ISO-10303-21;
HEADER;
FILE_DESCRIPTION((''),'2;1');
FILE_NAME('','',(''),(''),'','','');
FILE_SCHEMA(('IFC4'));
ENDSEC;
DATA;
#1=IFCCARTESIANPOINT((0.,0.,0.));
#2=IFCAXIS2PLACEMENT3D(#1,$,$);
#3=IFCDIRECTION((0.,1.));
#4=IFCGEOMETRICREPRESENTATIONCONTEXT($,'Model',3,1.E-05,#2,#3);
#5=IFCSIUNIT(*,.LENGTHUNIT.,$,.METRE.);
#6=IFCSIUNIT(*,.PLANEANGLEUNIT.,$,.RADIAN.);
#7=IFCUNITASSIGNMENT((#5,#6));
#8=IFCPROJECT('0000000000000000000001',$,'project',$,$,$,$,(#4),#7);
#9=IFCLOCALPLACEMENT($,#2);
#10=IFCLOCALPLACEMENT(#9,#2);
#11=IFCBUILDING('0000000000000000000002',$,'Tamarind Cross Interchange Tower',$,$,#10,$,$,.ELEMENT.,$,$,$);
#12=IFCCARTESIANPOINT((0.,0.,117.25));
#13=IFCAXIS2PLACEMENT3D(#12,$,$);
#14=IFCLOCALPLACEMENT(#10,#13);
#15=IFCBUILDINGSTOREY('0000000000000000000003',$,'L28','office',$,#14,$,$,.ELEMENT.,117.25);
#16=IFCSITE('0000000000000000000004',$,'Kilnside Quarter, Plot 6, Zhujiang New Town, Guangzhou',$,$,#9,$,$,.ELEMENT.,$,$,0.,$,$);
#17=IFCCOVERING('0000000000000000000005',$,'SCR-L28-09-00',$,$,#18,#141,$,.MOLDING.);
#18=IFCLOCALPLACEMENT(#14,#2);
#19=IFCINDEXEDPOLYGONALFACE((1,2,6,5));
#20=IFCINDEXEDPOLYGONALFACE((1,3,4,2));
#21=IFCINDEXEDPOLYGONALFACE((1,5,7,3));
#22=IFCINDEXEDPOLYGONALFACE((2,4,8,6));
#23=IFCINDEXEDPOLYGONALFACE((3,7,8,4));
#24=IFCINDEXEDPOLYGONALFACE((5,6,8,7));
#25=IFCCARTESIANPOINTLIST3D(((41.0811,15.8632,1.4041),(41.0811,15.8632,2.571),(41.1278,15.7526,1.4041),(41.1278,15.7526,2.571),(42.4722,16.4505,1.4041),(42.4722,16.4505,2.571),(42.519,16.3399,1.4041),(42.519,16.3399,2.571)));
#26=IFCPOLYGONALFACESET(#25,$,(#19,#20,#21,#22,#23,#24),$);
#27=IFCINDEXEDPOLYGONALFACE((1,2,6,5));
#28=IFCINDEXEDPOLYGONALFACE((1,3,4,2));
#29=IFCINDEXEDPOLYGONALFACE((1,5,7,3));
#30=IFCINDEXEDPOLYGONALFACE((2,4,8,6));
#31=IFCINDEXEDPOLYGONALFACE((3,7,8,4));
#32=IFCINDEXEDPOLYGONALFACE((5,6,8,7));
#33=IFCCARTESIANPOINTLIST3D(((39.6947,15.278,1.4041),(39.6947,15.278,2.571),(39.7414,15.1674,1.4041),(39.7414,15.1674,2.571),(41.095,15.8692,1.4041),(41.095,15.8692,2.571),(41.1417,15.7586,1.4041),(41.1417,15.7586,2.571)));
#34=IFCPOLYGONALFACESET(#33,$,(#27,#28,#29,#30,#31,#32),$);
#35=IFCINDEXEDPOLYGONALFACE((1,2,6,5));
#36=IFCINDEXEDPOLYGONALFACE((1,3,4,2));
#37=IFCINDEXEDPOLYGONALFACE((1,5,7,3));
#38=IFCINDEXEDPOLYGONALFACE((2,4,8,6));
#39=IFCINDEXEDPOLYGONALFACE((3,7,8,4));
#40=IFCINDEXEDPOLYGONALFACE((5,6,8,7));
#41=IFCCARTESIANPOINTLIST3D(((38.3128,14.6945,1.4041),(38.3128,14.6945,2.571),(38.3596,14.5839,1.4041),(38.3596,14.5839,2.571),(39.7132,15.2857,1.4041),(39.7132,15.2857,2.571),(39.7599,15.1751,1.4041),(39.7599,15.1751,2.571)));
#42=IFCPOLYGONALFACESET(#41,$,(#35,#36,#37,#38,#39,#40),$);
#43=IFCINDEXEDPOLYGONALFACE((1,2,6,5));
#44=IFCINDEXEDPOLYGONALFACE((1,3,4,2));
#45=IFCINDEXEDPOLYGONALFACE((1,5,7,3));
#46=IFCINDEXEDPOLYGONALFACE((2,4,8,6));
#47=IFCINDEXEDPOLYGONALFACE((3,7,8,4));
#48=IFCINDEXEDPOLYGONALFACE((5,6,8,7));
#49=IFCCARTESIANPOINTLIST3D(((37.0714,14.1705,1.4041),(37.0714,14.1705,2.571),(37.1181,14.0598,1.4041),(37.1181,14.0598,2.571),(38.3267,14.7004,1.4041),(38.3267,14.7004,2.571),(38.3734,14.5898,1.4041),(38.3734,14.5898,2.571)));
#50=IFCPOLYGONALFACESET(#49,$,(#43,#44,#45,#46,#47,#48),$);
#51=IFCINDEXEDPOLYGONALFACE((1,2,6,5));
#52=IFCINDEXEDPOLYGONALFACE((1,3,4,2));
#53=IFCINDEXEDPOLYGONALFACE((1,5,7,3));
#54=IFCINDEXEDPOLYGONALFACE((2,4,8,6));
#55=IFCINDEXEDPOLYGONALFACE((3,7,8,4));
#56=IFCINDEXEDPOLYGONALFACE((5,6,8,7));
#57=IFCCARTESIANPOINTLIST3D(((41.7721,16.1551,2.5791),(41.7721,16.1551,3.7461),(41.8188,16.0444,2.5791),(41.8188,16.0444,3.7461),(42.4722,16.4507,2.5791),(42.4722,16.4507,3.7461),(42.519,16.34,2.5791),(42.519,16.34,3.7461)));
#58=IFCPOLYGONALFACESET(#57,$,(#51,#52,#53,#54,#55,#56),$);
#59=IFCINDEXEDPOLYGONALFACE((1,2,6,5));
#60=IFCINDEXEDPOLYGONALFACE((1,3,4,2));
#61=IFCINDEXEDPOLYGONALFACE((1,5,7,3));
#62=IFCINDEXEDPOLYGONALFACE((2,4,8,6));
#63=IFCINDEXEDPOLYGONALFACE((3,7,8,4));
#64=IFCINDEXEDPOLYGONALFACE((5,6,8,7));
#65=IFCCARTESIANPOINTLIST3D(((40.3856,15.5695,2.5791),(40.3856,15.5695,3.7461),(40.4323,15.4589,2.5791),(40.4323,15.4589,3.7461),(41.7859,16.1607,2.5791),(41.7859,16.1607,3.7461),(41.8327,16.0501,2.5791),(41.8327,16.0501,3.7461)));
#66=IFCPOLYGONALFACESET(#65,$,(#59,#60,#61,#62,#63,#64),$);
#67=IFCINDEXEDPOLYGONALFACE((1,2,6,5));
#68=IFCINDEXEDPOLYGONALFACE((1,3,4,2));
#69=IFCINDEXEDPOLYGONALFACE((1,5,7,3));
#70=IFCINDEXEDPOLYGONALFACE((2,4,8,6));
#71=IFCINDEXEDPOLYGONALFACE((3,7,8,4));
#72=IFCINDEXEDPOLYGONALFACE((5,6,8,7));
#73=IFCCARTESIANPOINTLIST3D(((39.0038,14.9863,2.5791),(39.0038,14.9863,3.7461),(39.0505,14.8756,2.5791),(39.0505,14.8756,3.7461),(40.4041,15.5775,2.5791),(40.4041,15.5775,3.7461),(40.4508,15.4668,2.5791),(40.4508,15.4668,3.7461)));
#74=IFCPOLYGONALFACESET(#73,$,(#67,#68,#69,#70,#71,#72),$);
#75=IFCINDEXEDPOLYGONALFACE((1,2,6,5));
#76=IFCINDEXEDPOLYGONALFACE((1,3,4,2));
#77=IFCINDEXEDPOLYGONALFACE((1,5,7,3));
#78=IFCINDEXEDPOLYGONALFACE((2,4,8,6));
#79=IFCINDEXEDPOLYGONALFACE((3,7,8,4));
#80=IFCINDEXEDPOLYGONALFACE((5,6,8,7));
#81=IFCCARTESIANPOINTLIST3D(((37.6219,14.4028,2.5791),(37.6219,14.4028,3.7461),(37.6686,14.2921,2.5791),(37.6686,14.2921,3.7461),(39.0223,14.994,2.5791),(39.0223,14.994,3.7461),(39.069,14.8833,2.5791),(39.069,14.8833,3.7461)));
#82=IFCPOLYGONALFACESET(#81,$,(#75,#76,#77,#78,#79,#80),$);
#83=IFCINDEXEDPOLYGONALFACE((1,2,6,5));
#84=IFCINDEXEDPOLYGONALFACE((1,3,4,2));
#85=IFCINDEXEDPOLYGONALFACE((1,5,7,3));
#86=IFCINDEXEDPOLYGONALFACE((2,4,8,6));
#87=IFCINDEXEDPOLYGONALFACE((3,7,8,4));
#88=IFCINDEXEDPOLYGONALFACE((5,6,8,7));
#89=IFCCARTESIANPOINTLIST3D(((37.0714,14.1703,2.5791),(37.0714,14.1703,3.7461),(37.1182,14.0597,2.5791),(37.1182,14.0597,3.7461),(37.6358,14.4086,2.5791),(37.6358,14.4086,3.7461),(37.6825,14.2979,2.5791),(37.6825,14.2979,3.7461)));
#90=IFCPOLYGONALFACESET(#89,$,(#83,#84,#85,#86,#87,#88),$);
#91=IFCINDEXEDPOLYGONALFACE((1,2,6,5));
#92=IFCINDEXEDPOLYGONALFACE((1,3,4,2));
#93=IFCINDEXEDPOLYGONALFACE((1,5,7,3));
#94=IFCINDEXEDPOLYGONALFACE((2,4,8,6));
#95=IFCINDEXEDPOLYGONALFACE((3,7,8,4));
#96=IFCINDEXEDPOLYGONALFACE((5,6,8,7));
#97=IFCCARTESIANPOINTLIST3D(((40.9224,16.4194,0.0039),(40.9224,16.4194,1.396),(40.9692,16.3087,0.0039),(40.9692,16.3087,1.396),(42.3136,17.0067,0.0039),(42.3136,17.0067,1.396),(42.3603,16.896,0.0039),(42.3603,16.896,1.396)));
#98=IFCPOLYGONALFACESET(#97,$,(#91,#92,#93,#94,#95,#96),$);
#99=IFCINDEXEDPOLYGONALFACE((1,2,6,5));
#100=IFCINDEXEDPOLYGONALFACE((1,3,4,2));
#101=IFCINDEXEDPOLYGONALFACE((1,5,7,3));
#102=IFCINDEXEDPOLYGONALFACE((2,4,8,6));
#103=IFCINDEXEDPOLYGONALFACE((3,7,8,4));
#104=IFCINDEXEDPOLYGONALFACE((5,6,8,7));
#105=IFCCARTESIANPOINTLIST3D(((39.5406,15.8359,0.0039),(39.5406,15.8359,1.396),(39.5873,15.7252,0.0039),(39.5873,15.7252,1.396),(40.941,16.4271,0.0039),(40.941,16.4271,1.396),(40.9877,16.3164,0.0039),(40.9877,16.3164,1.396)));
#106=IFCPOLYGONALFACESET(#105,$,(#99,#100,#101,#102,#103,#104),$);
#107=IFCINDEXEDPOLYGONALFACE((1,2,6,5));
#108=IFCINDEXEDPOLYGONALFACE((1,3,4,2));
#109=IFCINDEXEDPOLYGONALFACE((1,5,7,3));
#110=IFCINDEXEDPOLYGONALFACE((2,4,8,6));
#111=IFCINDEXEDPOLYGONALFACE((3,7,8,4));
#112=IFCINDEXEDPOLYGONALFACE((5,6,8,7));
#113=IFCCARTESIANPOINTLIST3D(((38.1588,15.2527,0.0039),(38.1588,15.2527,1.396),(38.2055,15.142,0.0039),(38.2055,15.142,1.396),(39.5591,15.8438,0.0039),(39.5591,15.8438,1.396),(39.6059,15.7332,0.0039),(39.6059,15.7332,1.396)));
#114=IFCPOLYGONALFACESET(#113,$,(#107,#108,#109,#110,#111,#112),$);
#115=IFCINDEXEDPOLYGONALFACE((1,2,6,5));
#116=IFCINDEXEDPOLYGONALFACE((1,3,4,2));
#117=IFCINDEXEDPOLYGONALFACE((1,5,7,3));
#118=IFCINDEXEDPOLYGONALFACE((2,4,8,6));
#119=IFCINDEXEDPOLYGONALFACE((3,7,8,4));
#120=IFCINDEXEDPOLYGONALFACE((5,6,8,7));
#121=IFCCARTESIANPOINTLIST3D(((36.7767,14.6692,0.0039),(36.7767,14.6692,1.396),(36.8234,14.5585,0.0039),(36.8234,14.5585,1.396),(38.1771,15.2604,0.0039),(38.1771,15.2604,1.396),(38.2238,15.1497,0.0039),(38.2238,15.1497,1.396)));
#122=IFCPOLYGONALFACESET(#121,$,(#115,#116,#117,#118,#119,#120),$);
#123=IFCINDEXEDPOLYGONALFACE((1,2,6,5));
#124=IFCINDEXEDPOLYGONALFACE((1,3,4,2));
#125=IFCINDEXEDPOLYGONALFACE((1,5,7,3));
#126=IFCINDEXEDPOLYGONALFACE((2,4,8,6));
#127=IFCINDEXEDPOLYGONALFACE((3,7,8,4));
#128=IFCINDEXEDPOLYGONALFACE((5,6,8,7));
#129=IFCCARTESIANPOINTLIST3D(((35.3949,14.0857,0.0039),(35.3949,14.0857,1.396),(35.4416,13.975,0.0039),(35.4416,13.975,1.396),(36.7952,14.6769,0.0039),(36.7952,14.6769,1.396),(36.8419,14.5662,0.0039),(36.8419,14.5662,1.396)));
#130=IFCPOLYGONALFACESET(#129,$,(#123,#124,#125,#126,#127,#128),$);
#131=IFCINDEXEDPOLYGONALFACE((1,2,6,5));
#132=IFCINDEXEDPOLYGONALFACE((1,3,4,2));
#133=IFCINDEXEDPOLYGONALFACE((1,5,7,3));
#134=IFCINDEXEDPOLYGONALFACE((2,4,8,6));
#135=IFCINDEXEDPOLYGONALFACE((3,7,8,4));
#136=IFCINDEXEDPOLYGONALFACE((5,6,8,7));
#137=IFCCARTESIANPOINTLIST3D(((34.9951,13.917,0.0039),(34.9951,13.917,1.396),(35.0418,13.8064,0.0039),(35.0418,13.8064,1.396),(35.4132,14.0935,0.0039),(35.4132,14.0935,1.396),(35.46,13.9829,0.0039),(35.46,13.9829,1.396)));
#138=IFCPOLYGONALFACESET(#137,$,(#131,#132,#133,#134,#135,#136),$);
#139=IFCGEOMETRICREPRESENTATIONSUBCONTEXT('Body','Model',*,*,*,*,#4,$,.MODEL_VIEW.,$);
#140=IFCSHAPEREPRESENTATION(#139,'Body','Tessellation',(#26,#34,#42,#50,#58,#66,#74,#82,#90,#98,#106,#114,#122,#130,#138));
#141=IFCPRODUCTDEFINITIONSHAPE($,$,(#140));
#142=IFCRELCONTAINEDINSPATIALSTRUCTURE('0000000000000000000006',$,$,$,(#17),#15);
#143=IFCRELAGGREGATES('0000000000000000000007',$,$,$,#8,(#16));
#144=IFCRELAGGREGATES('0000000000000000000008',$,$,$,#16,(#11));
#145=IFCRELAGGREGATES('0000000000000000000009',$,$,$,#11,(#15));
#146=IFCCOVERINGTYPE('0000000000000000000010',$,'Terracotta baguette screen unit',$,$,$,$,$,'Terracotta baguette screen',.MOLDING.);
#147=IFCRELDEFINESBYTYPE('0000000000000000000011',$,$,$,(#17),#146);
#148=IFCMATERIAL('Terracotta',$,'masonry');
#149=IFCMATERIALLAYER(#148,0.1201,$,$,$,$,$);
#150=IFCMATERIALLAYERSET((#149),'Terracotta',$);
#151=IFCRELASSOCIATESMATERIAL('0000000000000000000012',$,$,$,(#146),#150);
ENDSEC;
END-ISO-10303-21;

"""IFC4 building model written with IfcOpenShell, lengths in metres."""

from ifc_helpers import new_model, si_unit, direction, frame, origin, origin_2d, place, context, subcontext, project, spatial, rectangle, extrude, material, layer, layer_set, type_object, element, save


model = new_model("IFC4")

# Units and contexts
model_context = context("Model", 3, precision=1e-05, world=origin(), true_north=direction((0.0, 1.0)))
body_context = subcontext(model_context, "Body", "Model", "MODEL_VIEW")
ifc_project = project(units=[si_unit("LENGTHUNIT", "METRE"), si_unit("PLANEANGLEUNIT", "RADIAN")], contexts=[model_context])

# Site, building, storey
site_placement = place(None, origin())
site = spatial("IfcSite", under=ifc_project, at=site_placement, Name="Kilnside Quarter, Plot 6, Zhujiang New Town, Guangzhou", CompositionType="ELEMENT", RefElevation=0.0)
building_placement = place(site_placement, origin())
building = spatial("IfcBuilding", under=site, at=building_placement, Name="Tamarind Cross Interchange Tower", CompositionType="ELEMENT")
storey_placement = place(building_placement, frame((0.0, 0.0, 117.25)))
storey = spatial("IfcBuildingStorey", under=building, at=storey_placement, Name="L28", Description="office", CompositionType="ELEMENT", Elevation=117.25)

# Covering
ifc_material_1 = material(Name="Terracotta", Category="masonry")
ifc_layer_1 = layer(ifc_material_1, 0.1201)
ifc_layer_set_1 = layer_set([ifc_layer_1], Name="Terracotta")
covering_type = type_object("IfcCoveringType", Name="Terracotta baguette screen unit", ElementType="Terracotta baguette screen", PredefinedType="MOLDING", material=ifc_layer_set_1)
covering_1_placement = place(storey_placement, origin())
element("IfcCovering", 1, at=covering_1_placement, inside=storey, type_object=covering_type, Name="SCR-L28-09-00", PredefinedType="MOLDING", context=body_context, shape_type="SweptSolid", body=[
    extrude(rectangle(XDim=1.51, YDim=0.1201, at=origin_2d()), frame((41.8, 16.1016, 1.4041), z_axis=(0.0, 0.0, 1.0), x_axis=(-0.921264, -0.388939, 0.0)), (0.0, 0.0, 1.0), 1.167),
    extrude(rectangle(XDim=1.52, YDim=0.1201, at=origin_2d()), frame((40.4182, 15.5183, 1.4041), z_axis=(0.0, 0.0, 1.0), x_axis=(-0.921264, -0.388939, 0.0)), (0.0, 0.0, 1.0), 1.167),
    extrude(rectangle(XDim=1.52, YDim=0.1201, at=origin_2d()), frame((39.0364, 14.9348, 1.4041), z_axis=(0.0, 0.0, 1.0), x_axis=(-0.921264, -0.388939, 0.0)), (0.0, 0.0, 1.0), 1.167),
    extrude(rectangle(XDim=1.3625, YDim=0.1201, at=origin_2d()), frame((37.7224, 14.3801, 1.4041), z_axis=(0.0, 0.0, 1.0), x_axis=(-0.921264, -0.388939, 0.0)), (0.0, 0.0, 1.0), 1.167),
    extrude(rectangle(XDim=0.76, YDim=0.1201, at=origin_2d()), frame((42.1455, 16.2476, 2.5791), z_axis=(0.0, 0.0, 1.0), x_axis=(-0.921264, -0.388939, 0.0)), (0.0, 0.0, 1.0), 1.167),
    extrude(rectangle(XDim=1.52, YDim=0.1201, at=origin_2d()), frame((41.1091, 15.8098, 2.5791), z_axis=(0.0, 0.0, 1.0), x_axis=(-0.921264, -0.388939, 0.0)), (0.0, 0.0, 1.0), 1.167),
    extrude(rectangle(XDim=1.52, YDim=0.1201, at=origin_2d()), frame((39.7273, 15.2266, 2.5791), z_axis=(0.0, 0.0, 1.0), x_axis=(-0.921264, -0.388939, 0.0)), (0.0, 0.0, 1.0), 1.167),
    extrude(rectangle(XDim=1.52, YDim=0.1201, at=origin_2d()), frame((38.3455, 14.6431, 2.5791), z_axis=(0.0, 0.0, 1.0), x_axis=(-0.921264, -0.388939, 0.0)), (0.0, 0.0, 1.0), 1.167),
    extrude(rectangle(XDim=0.6125, YDim=0.1201, at=origin_2d()), frame((37.377, 14.2341, 2.5791), z_axis=(0.0, 0.0, 1.0), x_axis=(-0.921264, -0.388939, 0.0)), (0.0, 0.0, 1.0), 1.167),
    extrude(rectangle(XDim=1.51, YDim=0.1201, at=origin_2d()), frame((41.6414, 16.6577, 0.0039), z_axis=(0.0, 0.0, 1.0), x_axis=(-0.921264, -0.388939, 0.0)), (0.0, 0.0, 1.0), 1.3921),
    extrude(rectangle(XDim=1.52, YDim=0.1201, at=origin_2d()), frame((40.2642, 16.0762, 0.0039), z_axis=(0.0, 0.0, 1.0), x_axis=(-0.921264, -0.388939, 0.0)), (0.0, 0.0, 1.0), 1.3921),
    extrude(rectangle(XDim=1.52, YDim=0.1201, at=origin_2d()), frame((38.8823, 15.4929, 0.0039), z_axis=(0.0, 0.0, 1.0), x_axis=(-0.921264, -0.388939, 0.0)), (0.0, 0.0, 1.0), 1.3921),
    extrude(rectangle(XDim=1.52, YDim=0.1201, at=origin_2d()), frame((37.5002, 14.9094, 0.0039), z_axis=(0.0, 0.0, 1.0), x_axis=(-0.921264, -0.388939, 0.0)), (0.0, 0.0, 1.0), 1.3921),
    extrude(rectangle(XDim=1.52, YDim=0.1201, at=origin_2d()), frame((36.1184, 14.3259, 0.0039), z_axis=(0.0, 0.0, 1.0), x_axis=(-0.921264, -0.388939, 0.0)), (0.0, 0.0, 1.0), 1.3921),
    extrude(rectangle(XDim=0.4539, YDim=0.1201, at=origin_2d()), frame((35.2275, 13.95, 0.0039), z_axis=(0.0, 0.0, 1.0), x_axis=(-0.921264, -0.388939, 0.0)), (0.0, 0.0, 1.0), 1.3921),
])

save(model, "model.ifc")
